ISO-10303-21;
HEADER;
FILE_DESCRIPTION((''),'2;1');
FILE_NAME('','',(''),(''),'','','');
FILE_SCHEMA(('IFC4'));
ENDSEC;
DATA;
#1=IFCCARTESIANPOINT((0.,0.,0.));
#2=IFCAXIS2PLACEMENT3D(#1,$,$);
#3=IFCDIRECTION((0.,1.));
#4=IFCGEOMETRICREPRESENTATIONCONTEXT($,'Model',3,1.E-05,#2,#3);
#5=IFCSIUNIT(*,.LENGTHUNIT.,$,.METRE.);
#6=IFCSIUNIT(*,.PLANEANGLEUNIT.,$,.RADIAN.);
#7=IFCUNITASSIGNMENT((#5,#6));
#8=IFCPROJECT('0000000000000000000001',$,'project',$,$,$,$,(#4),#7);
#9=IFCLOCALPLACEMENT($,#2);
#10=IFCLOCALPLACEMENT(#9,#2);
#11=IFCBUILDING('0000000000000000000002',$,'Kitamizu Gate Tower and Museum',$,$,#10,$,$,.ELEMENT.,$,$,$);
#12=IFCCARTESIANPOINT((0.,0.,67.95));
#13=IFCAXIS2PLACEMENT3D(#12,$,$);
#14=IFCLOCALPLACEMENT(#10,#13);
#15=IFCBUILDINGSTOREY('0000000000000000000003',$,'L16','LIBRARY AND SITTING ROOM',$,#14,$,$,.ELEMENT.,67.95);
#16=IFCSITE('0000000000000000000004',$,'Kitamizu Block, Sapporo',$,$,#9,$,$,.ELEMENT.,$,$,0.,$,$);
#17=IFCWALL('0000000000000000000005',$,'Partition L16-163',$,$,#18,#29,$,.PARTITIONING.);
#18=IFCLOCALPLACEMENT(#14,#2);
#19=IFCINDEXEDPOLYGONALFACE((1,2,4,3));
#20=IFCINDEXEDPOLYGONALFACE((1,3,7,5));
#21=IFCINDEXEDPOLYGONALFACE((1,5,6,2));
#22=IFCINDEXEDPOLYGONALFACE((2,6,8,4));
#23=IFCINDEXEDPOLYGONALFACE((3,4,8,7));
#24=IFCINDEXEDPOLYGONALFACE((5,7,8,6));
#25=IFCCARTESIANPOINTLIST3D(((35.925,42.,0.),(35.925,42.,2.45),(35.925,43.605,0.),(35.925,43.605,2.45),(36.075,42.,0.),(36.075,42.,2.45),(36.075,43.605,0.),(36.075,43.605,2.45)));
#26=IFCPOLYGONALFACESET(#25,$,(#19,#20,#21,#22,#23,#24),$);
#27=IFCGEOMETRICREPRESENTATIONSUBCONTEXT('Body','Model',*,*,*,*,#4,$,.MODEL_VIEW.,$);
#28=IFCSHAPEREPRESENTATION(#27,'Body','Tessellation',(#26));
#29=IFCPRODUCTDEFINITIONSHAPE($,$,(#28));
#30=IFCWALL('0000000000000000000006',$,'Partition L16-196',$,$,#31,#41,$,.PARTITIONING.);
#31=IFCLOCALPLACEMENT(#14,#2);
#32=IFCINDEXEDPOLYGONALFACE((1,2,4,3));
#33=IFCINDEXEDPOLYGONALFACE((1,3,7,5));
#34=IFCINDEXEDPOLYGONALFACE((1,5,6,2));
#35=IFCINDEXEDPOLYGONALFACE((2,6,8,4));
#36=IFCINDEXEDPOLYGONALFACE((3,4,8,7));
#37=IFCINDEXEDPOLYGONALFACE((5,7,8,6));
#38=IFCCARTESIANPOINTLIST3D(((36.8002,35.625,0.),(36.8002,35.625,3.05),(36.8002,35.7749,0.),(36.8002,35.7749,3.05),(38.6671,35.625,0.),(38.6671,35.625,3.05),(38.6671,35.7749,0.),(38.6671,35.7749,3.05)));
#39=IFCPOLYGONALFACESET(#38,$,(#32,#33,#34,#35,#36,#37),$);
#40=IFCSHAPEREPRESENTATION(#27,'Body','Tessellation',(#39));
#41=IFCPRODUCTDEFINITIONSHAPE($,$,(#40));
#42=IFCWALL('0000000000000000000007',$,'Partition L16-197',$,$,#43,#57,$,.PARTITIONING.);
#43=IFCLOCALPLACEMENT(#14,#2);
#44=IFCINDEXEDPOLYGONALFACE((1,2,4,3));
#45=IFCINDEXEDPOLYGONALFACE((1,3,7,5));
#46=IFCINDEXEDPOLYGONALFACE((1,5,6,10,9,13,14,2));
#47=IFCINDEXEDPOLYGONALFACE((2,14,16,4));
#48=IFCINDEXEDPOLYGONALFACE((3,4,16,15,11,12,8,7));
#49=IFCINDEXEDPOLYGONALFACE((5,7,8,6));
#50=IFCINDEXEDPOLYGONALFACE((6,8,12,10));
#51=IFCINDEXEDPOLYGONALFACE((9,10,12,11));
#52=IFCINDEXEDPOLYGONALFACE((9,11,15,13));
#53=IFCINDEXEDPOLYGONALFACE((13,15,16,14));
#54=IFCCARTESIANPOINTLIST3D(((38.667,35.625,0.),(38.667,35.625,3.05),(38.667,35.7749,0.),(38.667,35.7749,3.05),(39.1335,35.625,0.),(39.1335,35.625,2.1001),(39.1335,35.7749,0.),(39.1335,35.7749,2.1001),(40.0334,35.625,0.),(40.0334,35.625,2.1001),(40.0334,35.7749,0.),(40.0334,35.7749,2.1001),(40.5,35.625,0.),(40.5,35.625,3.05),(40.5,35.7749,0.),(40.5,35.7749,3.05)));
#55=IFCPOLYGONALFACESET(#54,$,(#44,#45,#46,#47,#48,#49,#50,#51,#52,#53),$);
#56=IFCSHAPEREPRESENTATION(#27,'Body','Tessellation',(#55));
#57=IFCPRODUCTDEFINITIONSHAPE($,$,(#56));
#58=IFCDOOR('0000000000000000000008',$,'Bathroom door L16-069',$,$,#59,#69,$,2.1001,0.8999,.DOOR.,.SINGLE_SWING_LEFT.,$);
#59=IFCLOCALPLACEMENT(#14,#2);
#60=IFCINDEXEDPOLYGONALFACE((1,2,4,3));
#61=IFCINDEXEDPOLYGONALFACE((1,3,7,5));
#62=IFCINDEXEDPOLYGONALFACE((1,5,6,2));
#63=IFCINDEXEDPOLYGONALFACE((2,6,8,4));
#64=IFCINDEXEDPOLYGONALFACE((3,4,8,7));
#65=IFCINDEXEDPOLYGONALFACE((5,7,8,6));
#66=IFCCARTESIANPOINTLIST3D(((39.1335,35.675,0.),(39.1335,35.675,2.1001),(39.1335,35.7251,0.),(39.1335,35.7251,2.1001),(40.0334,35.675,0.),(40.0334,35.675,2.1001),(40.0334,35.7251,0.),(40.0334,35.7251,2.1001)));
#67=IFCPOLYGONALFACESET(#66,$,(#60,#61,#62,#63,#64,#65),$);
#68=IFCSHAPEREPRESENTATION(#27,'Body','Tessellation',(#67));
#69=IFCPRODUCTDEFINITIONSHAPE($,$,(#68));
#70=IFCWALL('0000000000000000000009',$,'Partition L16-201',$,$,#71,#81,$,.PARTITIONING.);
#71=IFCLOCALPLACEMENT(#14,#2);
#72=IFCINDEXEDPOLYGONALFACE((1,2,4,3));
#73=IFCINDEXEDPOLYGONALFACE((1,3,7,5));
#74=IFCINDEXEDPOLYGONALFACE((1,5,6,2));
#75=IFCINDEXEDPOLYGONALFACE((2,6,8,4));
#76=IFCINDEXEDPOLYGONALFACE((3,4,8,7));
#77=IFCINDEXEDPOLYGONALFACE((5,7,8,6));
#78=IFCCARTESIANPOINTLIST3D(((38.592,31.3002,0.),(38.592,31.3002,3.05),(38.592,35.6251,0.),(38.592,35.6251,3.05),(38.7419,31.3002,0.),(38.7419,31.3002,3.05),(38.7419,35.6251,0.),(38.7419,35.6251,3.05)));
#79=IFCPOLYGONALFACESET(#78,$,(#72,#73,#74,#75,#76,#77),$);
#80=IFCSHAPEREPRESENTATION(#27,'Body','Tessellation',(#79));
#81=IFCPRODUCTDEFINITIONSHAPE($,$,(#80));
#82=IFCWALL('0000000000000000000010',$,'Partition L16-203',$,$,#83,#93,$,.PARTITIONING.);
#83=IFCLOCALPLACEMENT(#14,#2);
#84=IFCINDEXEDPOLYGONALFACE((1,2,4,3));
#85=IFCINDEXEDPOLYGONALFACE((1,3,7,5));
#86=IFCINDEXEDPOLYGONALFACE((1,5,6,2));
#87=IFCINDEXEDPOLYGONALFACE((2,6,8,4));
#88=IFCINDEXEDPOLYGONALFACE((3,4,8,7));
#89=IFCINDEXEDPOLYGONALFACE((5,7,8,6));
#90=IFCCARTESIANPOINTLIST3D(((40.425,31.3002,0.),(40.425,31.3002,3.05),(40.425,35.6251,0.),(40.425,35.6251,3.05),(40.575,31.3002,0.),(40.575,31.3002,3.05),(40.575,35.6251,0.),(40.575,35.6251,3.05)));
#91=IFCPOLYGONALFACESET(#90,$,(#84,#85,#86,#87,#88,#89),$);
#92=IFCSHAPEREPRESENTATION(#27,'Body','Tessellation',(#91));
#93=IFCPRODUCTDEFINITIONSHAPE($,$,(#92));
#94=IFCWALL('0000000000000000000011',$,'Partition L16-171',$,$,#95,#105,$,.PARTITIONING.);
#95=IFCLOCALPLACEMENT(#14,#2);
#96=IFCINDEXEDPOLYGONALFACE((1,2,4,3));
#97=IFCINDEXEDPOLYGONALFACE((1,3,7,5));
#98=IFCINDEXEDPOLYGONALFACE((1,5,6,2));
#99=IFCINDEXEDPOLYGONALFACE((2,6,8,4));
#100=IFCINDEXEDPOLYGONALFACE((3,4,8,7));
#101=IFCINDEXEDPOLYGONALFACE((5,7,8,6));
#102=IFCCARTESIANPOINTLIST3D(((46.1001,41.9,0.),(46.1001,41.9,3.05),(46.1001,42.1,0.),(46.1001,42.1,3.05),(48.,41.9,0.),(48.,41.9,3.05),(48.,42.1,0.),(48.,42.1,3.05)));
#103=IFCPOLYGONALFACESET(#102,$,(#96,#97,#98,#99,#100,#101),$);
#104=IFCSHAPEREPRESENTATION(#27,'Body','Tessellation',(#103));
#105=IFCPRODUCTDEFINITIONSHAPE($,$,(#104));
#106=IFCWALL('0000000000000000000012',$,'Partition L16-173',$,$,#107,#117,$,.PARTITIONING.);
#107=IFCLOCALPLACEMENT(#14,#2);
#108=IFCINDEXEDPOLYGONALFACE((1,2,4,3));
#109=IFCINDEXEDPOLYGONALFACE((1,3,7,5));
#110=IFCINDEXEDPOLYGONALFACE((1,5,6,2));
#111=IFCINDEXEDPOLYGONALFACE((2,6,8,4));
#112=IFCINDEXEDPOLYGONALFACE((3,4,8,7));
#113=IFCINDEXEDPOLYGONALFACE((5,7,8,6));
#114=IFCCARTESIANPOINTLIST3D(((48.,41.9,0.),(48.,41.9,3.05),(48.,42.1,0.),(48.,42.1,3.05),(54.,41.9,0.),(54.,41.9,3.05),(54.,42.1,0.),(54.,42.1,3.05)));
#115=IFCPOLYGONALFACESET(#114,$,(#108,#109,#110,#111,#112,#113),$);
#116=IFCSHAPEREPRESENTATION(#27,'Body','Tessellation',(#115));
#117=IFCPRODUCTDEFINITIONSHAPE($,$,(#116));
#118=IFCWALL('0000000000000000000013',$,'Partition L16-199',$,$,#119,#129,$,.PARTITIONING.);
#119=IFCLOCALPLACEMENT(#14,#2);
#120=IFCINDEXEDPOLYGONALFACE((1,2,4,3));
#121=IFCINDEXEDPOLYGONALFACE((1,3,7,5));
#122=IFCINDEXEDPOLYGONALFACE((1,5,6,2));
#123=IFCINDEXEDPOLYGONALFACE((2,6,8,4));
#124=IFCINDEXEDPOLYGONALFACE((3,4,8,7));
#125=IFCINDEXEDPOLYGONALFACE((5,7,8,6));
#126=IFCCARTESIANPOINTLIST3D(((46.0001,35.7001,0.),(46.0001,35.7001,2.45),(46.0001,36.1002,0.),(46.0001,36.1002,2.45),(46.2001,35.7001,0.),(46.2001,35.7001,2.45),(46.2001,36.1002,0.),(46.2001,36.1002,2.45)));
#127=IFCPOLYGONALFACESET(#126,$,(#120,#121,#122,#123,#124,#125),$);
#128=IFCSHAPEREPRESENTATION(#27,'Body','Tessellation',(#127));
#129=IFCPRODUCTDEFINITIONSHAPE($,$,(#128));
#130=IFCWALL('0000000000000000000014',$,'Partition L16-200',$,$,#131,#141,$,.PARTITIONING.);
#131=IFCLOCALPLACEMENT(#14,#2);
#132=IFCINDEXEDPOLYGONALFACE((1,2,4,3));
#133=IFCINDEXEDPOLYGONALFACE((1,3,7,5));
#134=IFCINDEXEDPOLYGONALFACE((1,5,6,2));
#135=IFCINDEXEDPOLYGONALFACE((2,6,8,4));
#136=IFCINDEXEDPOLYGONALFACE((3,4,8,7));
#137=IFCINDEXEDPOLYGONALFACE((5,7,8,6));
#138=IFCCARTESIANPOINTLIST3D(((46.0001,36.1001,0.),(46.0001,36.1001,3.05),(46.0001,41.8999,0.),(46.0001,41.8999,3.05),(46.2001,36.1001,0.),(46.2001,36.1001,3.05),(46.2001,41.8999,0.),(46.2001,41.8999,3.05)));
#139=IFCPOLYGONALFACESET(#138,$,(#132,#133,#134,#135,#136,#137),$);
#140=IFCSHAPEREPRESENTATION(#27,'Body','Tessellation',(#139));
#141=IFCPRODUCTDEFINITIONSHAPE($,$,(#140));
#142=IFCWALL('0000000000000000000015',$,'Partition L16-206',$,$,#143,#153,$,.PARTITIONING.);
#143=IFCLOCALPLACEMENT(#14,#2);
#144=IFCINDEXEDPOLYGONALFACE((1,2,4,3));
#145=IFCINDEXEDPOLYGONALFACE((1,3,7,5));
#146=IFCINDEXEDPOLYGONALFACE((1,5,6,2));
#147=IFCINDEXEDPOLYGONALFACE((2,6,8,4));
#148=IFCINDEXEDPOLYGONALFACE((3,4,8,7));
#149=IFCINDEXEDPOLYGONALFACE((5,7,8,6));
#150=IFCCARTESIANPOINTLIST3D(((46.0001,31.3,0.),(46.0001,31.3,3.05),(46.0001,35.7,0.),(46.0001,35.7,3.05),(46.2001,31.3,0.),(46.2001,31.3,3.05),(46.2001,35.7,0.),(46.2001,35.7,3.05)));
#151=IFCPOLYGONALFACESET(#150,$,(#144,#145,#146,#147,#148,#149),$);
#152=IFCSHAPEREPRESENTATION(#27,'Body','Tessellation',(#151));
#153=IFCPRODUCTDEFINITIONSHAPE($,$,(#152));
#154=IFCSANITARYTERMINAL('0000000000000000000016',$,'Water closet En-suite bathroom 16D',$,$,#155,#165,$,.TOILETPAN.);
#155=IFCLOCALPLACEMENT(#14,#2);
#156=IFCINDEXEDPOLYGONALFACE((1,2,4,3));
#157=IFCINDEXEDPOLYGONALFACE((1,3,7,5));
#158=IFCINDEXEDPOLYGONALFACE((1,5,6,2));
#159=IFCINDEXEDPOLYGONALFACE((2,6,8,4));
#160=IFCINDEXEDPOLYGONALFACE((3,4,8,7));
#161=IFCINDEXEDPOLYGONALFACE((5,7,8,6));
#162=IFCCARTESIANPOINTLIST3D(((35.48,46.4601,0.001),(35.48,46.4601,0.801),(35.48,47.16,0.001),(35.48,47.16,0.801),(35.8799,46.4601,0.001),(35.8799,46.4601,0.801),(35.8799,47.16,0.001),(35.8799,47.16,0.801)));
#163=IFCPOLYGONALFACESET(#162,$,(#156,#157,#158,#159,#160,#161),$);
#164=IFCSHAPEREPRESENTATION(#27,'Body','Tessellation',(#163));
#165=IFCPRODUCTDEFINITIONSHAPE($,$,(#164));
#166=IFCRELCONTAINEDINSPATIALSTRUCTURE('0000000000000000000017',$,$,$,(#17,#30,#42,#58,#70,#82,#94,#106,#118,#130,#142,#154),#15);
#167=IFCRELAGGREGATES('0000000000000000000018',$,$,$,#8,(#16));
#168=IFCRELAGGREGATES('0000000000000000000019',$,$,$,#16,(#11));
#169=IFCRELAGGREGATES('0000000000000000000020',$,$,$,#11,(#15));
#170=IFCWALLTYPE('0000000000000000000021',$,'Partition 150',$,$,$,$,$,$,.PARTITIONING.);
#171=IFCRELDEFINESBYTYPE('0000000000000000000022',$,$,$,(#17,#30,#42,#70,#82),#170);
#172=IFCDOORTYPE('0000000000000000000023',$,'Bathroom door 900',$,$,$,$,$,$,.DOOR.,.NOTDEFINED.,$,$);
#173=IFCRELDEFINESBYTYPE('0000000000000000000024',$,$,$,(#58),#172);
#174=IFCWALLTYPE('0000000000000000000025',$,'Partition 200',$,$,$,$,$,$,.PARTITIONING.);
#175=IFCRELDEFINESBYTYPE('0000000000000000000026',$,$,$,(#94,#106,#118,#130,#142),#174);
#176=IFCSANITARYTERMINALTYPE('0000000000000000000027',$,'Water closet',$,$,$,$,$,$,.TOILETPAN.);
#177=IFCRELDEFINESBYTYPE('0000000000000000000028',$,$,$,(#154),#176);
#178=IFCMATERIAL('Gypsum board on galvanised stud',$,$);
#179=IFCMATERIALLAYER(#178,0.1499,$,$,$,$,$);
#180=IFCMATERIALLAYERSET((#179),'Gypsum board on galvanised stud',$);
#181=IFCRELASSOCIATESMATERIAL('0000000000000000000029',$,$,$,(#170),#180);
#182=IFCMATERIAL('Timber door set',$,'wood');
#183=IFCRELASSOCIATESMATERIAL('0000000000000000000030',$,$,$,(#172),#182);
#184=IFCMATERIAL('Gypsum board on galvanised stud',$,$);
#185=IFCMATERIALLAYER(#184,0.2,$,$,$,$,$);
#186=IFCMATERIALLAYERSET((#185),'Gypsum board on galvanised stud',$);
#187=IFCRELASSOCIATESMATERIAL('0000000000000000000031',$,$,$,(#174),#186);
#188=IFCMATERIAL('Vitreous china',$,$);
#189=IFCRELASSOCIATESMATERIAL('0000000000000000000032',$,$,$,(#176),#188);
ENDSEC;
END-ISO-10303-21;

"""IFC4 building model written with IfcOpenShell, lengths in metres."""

from ifc_helpers import new_model, si_unit, direction, frame, frame_2d, origin, origin_2d, place, context, subcontext, project, spatial, rectangle, extrude, material, layer, layer_set, type_object, element, fill, save


model = new_model("IFC4")

# Units and contexts
model_context = context("Model", 3, precision=1e-05, world=origin(), true_north=direction((0.0, 1.0)))
body_context = subcontext(model_context, "Body", "Model", "MODEL_VIEW")
ifc_project = project(units=[si_unit("LENGTHUNIT", "METRE"), si_unit("PLANEANGLEUNIT", "RADIAN")], contexts=[model_context])

# Site, building, storey
site_placement = place(None, origin())
site = spatial("IfcSite", under=ifc_project, at=site_placement, Name="Kitamizu Block, Sapporo", CompositionType="ELEMENT", RefElevation=0.0)
building_placement = place(site_placement, origin())
building = spatial("IfcBuilding", under=site, at=building_placement, Name="Kitamizu Gate Tower and Museum", CompositionType="ELEMENT")
storey_placement = place(building_placement, frame((0.0, 0.0, 67.95)))
storey = spatial("IfcBuildingStorey", under=building, at=storey_placement, Name="L16", Description="LIBRARY AND SITTING ROOM", CompositionType="ELEMENT", Elevation=67.95)

# Walls
ifc_material_1 = material(Name="Gypsum board on galvanised stud")
ifc_layer_1 = layer(ifc_material_1, 0.1499)
ifc_layer_set_1 = layer_set([ifc_layer_1], Name="Gypsum board on galvanised stud")
wall_type_1 = type_object("IfcWallType", Name="Partition 150", PredefinedType="PARTITIONING", material=ifc_layer_set_1)
wall_1_placement = place(storey_placement, frame((36.0, 42.0, 0.0), z_axis=(0.0, 0.0, 1.0), x_axis=(0.0, 1.0, 0.0)))
element("IfcWall", 1, at=wall_1_placement, inside=storey, type_object=wall_type_1, Name="Partition L16-163", PredefinedType="PARTITIONING", context=body_context, shape_type="SweptSolid", body=[
    extrude(rectangle(XDim=1.605, YDim=0.1499, at=frame_2d((0.8025, 0.0))), origin(), (0.0, 0.0, 1.0), 2.45),
])
wall_2_placement = place(storey_placement, frame((36.8, 35.7, 0.0), z_axis=(0.0, 0.0, 1.0), x_axis=(1.0, 0.0, 0.0)))
element("IfcWall", 2, at=wall_2_placement, inside=storey, type_object=wall_type_1, Name="Partition L16-196", PredefinedType="PARTITIONING", context=body_context, shape_type="SweptSolid", body=[
    extrude(rectangle(XDim=1.8669, YDim=0.1499, at=frame_2d((0.9336, 0.0))), origin(), (0.0, 0.0, 1.0), 3.05),
])

# Wall, opening, door
wall_3_placement = place(storey_placement, frame((38.667, 35.7, 0.0), z_axis=(0.0, 0.0, 1.0), x_axis=(1.0, 0.0, 0.0)))
wall_3 = element("IfcWall", 3, at=wall_3_placement, inside=storey, type_object=wall_type_1, Name="Partition L16-197", PredefinedType="PARTITIONING", context=body_context, shape_type="SweptSolid", body=[
    extrude(rectangle(XDim=1.833, YDim=0.1499, at=frame_2d((0.9165, 0.0))), origin(), (0.0, 0.0, 1.0), 3.05),
])
opening_1_placement = place(wall_3_placement, frame((0.4666, 0.0, 0.0)))
opening_1 = element("IfcOpeningElement", 4, at=opening_1_placement, cuts=wall_3, PredefinedType="OPENING", context=body_context, shape_type="SweptSolid", body=[
    extrude(rectangle(XDim=0.8999, YDim=2.1001, at=frame_2d((0.45, 1.05))), frame((0.0, 0.085, 0.0), z_axis=(0.0, -1.0, 0.0), x_axis=(1.0, 0.0, 0.0)), (0.0, 0.0, 1.0), 0.1699),
])
ifc_material_2 = material(Name="Timber door set", Category="wood")
door_type_1 = type_object("IfcDoorType", Name="Bathroom door 900", OperationType="NOTDEFINED", PredefinedType="DOOR", material=ifc_material_2)
door_1_placement = place(opening_1_placement, frame((0.8999, 0.0, 0.0), x_axis=(-1.0, 0.0, 0.0)))
door_1 = element("IfcDoor", 5, at=door_1_placement, inside=storey, type_object=door_type_1, Name="Bathroom door L16-069", OperationType="SINGLE_SWING_LEFT", OverallHeight=2.1001, OverallWidth=0.8999, PredefinedType="DOOR", context=body_context, shape_type="SweptSolid", body=[
    extrude(rectangle(XDim=0.8999, YDim=2.1001, at=frame_2d((0.45, 1.05))), frame((0.0, 0.0249, 0.0), z_axis=(0.0, -1.0, 0.0), x_axis=(1.0, 0.0, 0.0)), (0.0, 0.0, 1.0), 0.05),
])
fill(opening_1, door_1)

# Walls
for number, where, z_axis, x_axis, name in (
    (6, (38.667, 31.3, 0.0), (0.0, 0.0, 1.0), (0.0, 1.0, 0.0), "Partition L16-201"),
    (7, (40.5, 31.3, 0.0), (0.0, 0.0, 1.0), (0.0, 1.0, 0.0), "Partition L16-203"),
):
    element("IfcWall", number, at=place(storey_placement, frame(where, z_axis=z_axis, x_axis=x_axis)), inside=storey, type_object=wall_type_1, Name=name, PredefinedType="PARTITIONING", context=body_context, shape_type="SweptSolid", body=[
        extrude(rectangle(XDim=4.325, YDim=0.1499, at=frame_2d((2.1626, 0.0))), origin(), (0.0, 0.0, 1.0), 3.05),
    ])
ifc_material_3 = material(Name="Gypsum board on galvanised stud")
ifc_layer_2 = layer(ifc_material_3, 0.2)
ifc_layer_set_2 = layer_set([ifc_layer_2], Name="Gypsum board on galvanised stud")
wall_type_2 = type_object("IfcWallType", Name="Partition 200", PredefinedType="PARTITIONING", material=ifc_layer_set_2)
wall_4_placement = place(storey_placement, frame((46.1001, 42.0, 0.0), z_axis=(0.0, 0.0, 1.0), x_axis=(1.0, 0.0, 0.0)))
element("IfcWall", 8, at=wall_4_placement, inside=storey, type_object=wall_type_2, Name="Partition L16-171", PredefinedType="PARTITIONING", context=body_context, shape_type="SweptSolid", body=[
    extrude(rectangle(XDim=1.8999, YDim=0.2, at=frame_2d((0.95, 0.0))), origin(), (0.0, 0.0, 1.0), 3.05),
])
wall_5_placement = place(storey_placement, frame((48.0, 42.0, 0.0), z_axis=(0.0, 0.0, 1.0), x_axis=(1.0, 0.0, 0.0)))
element("IfcWall", 9, at=wall_5_placement, inside=storey, type_object=wall_type_2, Name="Partition L16-173", PredefinedType="PARTITIONING", context=body_context, shape_type="SweptSolid", body=[
    extrude(rectangle(XDim=6.0, YDim=0.2, at=frame_2d((3.0, 0.0))), origin(), (0.0, 0.0, 1.0), 3.05),
])
wall_6_placement = place(storey_placement, frame((46.1001, 35.7, 0.0), z_axis=(0.0, 0.0, 1.0), x_axis=(0.0, 1.0, 0.0)))
element("IfcWall", 10, at=wall_6_placement, inside=storey, type_object=wall_type_2, Name="Partition L16-199", PredefinedType="PARTITIONING", context=body_context, shape_type="SweptSolid", body=[
    extrude(rectangle(XDim=0.4001, YDim=0.2, at=frame_2d((0.2002, 0.0))), origin(), (0.0, 0.0, 1.0), 2.45),
])
wall_7_placement = place(storey_placement, frame((46.1001, 36.1001, 0.0), z_axis=(0.0, 0.0, 1.0), x_axis=(0.0, 1.0, 0.0)))
element("IfcWall", 11, at=wall_7_placement, inside=storey, type_object=wall_type_2, Name="Partition L16-200", PredefinedType="PARTITIONING", context=body_context, shape_type="SweptSolid", body=[
    extrude(rectangle(XDim=5.7998, YDim=0.2, at=frame_2d((2.8999, 0.0))), origin(), (0.0, 0.0, 1.0), 3.05),
])
wall_8_placement = place(storey_placement, frame((46.1001, 31.3, 0.0), z_axis=(0.0, 0.0, 1.0), x_axis=(0.0, 1.0, 0.0)))
element("IfcWall", 12, at=wall_8_placement, inside=storey, type_object=wall_type_2, Name="Partition L16-206", PredefinedType="PARTITIONING", context=body_context, shape_type="SweptSolid", body=[
    extrude(rectangle(XDim=4.3999, YDim=0.2, at=frame_2d((2.2, 0.0))), origin(), (0.0, 0.0, 1.0), 3.05),
])

# Sanitary terminal
ifc_material_4 = material(Name="Vitreous china")
sanitary_terminal_type = type_object("IfcSanitaryTerminalType", Name="Water closet", PredefinedType="TOILETPAN", material=ifc_material_4)
sanitary_terminal_placement = place(storey_placement, frame((35.6799, 46.8101, 0.001), z_axis=(0.0, 0.0, 1.0), x_axis=(1.0, 0.0, 0.0)))
element("IfcSanitaryTerminal", 13, at=sanitary_terminal_placement, inside=storey, type_object=sanitary_terminal_type, Name="Water closet En-suite bathroom 16D", PredefinedType="TOILETPAN", context=body_context, shape_type="SweptSolid", body=[
    extrude(rectangle(XDim=0.3999, YDim=0.7, at=origin_2d()), origin(), (0.0, 0.0, 1.0), 0.8),
])

save(model, "model.ifc")
